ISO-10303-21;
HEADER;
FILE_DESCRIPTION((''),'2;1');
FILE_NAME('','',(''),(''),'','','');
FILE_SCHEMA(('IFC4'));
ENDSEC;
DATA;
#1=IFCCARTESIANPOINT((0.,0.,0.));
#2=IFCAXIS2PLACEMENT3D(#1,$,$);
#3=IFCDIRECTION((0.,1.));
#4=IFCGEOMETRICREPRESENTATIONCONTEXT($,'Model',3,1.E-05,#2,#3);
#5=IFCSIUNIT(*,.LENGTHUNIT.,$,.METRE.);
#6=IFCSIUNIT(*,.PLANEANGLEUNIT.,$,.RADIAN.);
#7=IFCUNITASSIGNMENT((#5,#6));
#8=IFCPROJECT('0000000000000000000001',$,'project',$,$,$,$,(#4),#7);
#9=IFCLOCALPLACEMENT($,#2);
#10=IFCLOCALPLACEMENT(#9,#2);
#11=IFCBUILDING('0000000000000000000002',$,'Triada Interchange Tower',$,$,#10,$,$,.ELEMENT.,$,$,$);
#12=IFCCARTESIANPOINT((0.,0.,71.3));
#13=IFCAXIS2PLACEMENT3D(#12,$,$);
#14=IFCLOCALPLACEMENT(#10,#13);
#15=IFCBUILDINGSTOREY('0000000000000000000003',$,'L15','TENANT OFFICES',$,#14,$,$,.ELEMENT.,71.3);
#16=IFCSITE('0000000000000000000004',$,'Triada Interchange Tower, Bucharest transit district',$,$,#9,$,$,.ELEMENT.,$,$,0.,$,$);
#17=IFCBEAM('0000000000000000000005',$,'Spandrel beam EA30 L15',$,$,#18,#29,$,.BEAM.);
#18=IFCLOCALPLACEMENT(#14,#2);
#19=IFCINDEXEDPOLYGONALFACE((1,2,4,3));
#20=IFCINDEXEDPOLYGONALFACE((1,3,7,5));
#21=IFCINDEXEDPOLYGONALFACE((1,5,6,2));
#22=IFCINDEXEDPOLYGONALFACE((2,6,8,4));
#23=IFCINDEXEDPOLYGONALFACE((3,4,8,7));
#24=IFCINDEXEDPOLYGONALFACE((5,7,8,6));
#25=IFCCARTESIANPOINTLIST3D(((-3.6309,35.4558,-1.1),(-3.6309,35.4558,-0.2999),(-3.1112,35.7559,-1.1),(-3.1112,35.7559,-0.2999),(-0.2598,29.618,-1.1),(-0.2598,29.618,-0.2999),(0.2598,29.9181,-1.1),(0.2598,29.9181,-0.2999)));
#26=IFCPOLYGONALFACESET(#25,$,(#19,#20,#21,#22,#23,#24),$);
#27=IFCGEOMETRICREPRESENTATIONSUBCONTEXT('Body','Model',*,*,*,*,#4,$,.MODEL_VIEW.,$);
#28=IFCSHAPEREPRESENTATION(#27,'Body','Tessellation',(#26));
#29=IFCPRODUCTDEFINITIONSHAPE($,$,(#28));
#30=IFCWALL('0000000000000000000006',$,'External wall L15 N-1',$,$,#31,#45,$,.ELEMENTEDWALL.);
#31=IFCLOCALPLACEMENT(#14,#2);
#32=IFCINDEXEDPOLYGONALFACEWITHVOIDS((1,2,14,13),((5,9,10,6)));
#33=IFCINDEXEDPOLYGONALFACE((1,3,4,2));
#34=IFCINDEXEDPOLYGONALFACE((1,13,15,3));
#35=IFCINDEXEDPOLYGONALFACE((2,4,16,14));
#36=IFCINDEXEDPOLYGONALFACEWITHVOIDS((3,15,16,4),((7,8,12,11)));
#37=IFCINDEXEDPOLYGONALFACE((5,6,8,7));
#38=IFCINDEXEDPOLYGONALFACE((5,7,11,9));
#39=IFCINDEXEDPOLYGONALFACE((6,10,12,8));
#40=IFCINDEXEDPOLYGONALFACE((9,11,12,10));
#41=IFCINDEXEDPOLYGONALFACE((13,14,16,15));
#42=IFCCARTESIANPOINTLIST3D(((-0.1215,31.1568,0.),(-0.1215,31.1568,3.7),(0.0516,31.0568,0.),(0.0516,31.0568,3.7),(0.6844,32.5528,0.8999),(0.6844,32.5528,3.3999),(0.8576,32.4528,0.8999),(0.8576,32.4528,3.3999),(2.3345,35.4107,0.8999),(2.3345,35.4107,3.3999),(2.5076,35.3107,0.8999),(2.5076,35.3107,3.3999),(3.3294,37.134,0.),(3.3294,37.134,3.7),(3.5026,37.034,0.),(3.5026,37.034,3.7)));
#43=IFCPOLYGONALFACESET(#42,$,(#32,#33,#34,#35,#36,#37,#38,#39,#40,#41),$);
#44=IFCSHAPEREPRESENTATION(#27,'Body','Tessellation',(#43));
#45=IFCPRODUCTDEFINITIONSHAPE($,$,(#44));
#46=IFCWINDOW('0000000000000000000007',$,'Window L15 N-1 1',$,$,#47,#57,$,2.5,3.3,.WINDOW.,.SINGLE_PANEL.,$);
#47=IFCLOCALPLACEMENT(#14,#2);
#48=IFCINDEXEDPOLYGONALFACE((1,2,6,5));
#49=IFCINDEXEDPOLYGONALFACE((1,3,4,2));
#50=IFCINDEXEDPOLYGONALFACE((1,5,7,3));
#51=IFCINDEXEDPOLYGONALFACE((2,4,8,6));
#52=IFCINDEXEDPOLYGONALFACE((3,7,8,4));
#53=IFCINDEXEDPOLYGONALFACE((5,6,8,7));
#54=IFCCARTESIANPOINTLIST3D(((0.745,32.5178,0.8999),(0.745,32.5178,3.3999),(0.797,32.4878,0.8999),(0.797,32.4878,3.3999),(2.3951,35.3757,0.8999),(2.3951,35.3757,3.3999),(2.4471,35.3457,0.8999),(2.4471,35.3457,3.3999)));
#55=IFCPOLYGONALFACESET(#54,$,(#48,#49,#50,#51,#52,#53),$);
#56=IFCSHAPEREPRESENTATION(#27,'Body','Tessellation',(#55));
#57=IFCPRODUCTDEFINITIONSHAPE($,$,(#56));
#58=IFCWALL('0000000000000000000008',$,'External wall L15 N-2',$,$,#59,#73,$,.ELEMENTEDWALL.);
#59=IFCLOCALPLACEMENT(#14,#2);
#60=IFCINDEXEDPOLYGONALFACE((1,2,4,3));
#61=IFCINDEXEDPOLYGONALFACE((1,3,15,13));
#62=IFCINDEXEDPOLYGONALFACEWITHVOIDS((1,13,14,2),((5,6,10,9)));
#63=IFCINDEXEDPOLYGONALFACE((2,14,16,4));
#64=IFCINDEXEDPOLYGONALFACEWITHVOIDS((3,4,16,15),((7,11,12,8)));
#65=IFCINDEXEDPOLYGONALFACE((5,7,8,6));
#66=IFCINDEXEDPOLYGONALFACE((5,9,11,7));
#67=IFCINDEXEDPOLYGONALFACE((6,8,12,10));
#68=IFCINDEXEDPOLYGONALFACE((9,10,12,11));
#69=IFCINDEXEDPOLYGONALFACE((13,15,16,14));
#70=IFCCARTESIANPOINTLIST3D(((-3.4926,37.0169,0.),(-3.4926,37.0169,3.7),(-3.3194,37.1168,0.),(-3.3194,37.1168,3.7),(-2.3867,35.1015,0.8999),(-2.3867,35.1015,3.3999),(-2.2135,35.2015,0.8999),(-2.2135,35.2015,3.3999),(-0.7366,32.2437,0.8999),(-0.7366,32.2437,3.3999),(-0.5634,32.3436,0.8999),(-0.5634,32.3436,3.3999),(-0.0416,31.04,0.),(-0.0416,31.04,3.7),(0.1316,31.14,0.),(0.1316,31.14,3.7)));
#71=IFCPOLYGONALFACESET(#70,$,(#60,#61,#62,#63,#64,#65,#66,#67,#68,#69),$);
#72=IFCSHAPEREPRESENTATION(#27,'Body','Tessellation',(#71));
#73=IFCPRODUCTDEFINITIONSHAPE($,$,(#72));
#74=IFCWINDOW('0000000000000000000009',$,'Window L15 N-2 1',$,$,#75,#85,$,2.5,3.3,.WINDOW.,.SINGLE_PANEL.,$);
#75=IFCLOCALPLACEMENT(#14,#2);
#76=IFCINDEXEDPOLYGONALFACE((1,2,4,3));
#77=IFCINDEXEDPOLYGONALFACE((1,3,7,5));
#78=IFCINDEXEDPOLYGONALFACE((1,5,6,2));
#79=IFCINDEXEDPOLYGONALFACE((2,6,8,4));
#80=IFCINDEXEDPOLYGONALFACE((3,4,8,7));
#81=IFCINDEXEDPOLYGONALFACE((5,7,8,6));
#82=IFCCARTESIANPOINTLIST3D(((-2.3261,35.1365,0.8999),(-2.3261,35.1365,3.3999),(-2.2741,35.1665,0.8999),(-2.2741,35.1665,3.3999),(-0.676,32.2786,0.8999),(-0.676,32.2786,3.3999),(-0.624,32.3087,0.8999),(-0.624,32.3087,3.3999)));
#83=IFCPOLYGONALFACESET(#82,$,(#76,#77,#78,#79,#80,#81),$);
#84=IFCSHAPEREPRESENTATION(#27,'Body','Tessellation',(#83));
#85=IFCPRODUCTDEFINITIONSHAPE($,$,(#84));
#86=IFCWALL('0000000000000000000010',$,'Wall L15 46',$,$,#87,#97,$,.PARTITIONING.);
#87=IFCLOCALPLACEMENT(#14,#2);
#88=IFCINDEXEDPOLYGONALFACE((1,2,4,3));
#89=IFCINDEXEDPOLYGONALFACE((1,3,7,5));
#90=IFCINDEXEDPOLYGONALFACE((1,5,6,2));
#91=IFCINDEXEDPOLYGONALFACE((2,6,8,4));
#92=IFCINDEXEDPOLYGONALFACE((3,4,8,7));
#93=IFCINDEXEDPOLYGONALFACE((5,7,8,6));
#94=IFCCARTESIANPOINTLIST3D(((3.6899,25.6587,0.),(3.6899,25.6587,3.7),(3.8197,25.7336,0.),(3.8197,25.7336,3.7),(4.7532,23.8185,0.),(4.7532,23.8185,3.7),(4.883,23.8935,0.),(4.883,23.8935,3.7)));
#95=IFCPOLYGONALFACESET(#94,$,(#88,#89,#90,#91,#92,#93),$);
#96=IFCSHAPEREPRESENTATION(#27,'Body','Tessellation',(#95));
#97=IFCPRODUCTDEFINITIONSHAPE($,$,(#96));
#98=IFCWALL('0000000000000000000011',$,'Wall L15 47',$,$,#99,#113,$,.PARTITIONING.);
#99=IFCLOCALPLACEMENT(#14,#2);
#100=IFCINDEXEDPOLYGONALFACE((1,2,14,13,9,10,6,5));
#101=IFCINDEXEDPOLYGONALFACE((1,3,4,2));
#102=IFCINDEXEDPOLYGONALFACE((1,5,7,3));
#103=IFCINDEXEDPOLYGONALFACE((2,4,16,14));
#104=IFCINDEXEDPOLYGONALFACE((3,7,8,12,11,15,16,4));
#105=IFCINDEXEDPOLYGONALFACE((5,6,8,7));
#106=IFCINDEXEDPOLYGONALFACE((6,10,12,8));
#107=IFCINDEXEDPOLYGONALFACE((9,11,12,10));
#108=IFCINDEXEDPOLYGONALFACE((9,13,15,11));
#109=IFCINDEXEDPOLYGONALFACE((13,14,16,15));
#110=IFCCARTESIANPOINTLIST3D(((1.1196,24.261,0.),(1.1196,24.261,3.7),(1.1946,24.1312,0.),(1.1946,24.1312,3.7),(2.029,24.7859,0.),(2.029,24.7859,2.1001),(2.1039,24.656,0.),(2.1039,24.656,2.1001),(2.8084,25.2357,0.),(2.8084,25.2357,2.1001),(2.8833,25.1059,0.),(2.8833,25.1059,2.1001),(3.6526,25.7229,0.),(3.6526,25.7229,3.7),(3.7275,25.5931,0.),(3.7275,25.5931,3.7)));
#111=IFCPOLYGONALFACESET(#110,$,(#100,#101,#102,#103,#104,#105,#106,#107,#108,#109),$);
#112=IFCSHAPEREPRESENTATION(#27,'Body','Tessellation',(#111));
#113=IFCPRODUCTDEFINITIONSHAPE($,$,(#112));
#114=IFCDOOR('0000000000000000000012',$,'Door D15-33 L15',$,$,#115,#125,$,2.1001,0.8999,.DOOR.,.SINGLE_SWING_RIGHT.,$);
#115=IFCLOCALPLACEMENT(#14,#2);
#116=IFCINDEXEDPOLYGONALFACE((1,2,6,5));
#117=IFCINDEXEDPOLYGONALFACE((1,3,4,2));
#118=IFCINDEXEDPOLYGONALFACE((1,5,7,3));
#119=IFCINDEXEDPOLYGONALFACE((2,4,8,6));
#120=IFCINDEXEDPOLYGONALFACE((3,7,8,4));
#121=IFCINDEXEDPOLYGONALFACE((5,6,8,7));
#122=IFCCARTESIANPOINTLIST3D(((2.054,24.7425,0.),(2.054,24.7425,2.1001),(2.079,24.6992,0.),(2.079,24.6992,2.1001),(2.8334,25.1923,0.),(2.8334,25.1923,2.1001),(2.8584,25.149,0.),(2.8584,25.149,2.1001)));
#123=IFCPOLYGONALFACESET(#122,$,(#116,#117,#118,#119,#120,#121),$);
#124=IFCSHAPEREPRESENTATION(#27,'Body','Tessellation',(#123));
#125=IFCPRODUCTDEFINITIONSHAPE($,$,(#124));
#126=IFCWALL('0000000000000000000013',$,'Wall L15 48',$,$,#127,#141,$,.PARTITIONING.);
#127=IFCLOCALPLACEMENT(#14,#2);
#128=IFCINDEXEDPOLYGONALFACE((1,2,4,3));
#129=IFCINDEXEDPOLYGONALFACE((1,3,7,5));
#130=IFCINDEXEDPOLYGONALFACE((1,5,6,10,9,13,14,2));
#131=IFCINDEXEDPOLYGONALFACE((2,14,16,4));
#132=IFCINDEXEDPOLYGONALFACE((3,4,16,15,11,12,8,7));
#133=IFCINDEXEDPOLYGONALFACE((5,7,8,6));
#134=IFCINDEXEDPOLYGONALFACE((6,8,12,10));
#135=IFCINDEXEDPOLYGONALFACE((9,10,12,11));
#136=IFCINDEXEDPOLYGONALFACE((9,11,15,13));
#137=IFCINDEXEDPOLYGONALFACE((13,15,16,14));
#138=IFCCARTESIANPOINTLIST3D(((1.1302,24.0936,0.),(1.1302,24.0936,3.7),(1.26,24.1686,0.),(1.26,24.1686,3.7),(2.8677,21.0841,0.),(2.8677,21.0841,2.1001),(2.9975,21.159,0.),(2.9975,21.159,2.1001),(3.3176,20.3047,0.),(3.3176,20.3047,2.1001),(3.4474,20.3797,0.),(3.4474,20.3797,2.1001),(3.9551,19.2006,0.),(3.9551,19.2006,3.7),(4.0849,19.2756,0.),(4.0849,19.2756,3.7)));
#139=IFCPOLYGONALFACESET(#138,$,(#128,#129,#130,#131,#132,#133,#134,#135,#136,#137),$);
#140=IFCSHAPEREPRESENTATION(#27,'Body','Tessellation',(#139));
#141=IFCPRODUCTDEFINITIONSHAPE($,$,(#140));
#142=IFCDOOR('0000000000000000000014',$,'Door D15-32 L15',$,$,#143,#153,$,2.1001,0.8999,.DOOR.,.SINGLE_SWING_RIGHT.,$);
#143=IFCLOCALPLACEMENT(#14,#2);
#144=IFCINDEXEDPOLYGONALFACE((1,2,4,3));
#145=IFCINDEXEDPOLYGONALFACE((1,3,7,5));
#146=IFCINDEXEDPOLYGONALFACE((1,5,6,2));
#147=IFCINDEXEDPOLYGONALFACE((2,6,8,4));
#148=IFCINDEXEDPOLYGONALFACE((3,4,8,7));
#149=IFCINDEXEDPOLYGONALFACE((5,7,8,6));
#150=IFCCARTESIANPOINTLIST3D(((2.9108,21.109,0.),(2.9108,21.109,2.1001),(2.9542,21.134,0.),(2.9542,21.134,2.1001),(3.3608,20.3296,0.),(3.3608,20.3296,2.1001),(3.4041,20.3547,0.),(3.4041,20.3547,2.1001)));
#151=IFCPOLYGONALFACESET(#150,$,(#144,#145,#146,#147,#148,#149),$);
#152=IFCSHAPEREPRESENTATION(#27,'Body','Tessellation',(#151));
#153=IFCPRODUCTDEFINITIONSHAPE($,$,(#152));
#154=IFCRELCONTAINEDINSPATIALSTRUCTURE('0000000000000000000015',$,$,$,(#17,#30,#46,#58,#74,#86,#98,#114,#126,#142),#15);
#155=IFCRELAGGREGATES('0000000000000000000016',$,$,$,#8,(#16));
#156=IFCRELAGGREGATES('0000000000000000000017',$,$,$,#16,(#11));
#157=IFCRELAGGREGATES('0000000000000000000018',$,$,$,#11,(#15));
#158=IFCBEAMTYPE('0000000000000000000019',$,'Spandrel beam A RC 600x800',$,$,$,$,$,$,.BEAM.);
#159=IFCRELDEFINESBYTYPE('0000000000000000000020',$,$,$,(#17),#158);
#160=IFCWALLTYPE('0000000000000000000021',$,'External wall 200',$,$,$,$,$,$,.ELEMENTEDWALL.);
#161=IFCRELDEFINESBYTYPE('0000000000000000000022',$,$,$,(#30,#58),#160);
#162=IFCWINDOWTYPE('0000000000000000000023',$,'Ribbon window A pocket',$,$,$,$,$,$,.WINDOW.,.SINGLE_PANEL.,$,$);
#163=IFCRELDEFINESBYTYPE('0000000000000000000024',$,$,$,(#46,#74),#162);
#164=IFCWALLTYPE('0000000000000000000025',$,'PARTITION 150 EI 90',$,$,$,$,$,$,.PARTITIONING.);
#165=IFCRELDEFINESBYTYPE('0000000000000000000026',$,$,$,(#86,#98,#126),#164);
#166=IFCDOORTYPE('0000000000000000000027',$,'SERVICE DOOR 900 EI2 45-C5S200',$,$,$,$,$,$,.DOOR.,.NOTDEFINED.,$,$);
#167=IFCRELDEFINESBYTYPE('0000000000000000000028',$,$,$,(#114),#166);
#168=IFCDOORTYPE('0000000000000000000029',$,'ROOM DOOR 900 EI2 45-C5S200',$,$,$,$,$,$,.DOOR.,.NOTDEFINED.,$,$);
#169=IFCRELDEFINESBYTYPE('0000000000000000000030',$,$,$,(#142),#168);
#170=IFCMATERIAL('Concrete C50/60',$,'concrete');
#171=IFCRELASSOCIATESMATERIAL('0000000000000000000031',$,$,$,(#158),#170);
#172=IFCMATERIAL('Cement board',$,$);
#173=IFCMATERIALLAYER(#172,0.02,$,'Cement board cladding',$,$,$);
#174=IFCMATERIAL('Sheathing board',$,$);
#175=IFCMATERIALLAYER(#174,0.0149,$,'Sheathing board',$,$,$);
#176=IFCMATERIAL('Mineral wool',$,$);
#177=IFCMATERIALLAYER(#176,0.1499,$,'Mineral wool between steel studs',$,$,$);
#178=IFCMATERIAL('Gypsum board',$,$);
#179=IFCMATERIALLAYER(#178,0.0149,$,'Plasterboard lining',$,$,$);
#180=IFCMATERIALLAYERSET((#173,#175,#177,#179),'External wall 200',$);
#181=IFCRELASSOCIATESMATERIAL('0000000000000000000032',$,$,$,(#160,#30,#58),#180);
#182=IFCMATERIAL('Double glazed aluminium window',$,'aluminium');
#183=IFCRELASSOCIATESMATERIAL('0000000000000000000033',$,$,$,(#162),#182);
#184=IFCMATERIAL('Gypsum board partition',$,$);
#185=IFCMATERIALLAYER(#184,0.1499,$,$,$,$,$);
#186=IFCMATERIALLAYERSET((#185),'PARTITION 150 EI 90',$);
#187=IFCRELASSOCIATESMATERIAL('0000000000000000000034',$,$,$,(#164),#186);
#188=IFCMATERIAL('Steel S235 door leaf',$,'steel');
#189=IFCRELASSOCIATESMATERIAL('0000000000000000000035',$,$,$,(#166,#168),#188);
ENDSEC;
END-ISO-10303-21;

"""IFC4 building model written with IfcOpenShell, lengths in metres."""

from ifc_helpers import new_model, si_unit, direction, frame, frame_2d, origin, origin_2d, place, context, subcontext, project, spatial, rectangle, extrude, material, layer, layer_set, layer_usage, material_profile, profile_set, type_object, element, fill, save


model = new_model("IFC4")

# Units and contexts
model_context = context("Model", 3, precision=1e-05, world=origin(), true_north=direction((0.0, 1.0)))
body_context = subcontext(model_context, "Body", "Model", "MODEL_VIEW")
ifc_project = project(units=[si_unit("LENGTHUNIT", "METRE"), si_unit("PLANEANGLEUNIT", "RADIAN")], contexts=[model_context])

# Site, building, storey
site_placement = place(None, origin())
site = spatial("IfcSite", under=ifc_project, at=site_placement, Name="Triada Interchange Tower, Bucharest transit district", CompositionType="ELEMENT", RefElevation=0.0)
building_placement = place(site_placement, origin())
building = spatial("IfcBuilding", under=site, at=building_placement, Name="Triada Interchange Tower", CompositionType="ELEMENT")
storey_placement = place(building_placement, frame((0.0, 0.0, 71.3)))
storey = spatial("IfcBuildingStorey", under=building, at=storey_placement, Name="L15", Description="TENANT OFFICES", CompositionType="ELEMENT", Elevation=71.3)

# Beam
ifc_material_1 = material(Name="Concrete C50/60", Category="concrete")
ifc_material_profile_1 = material_profile(ifc_material_1, rectangle(XDim=0.6001, YDim=0.8, at=origin_2d()), Name="RC 600x800")
ifc_profile_set_1 = profile_set([ifc_material_profile_1], Name="Concrete C50/60")
beam_type_1 = type_object("IfcBeamType", Name="Spandrel beam A RC 600x800", PredefinedType="BEAM", material=ifc_profile_set_1)
for number, where, z_axis, x_axis, name in (
    (1, (0.0, 29.7681, -0.7), (-0.500065, 0.865988, 0.0), (-0.865988, -0.500065, 0.0), "Spandrel beam EA30 L15"),
):
    element("IfcBeam", number, at=place(storey_placement, frame(where, z_axis=z_axis, x_axis=x_axis)), inside=storey, type_object=beam_type_1, Name=name, PredefinedType="BEAM", context=body_context, shape_type="SweptSolid", body=[
        extrude(rectangle(XDim=0.6001, YDim=0.8, at=origin_2d()), origin(), (0.0, 0.0, 1.0), 6.7412),
    ])

# Walls, openings, windows
ifc_material_2 = material(Name="Cement board")
ifc_layer_1 = layer(ifc_material_2, 0.02, Name="Cement board cladding")
ifc_material_3 = material(Name="Sheathing board")
ifc_layer_2 = layer(ifc_material_3, 0.0149, Name="Sheathing board")
ifc_material_4 = material(Name="Mineral wool")
ifc_layer_3 = layer(ifc_material_4, 0.1499, Name="Mineral wool between steel studs")
ifc_material_5 = material(Name="Gypsum board")
ifc_layer_4 = layer(ifc_material_5, 0.0149, Name="Plasterboard lining")
ifc_layer_set_1 = layer_set([ifc_layer_1, ifc_layer_2, ifc_layer_3, ifc_layer_4], Name="External wall 200")
ifc_layer_usage = layer_usage(ifc_layer_set_1, "AXIS2", "POSITIVE", -0.1001)
wall_type_1 = type_object("IfcWallType", Name="External wall 200", PredefinedType="ELEMENTEDWALL", material=ifc_layer_set_1)
wall_1_placement = place(storey_placement, frame((3.416, 37.084, 0.0), z_axis=(0.0, 0.0, 1.0), x_axis=(-0.500008, -0.866021, 0.0)))
wall_1 = element("IfcWall", 2, at=wall_1_placement, inside=storey, type_object=wall_type_1, material=ifc_layer_usage, Name="External wall L15 N-1", PredefinedType="ELEMENTEDWALL", context=body_context, shape_type="SweptSolid", body=[
    extrude(rectangle(XDim=6.9019, YDim=0.2, at=frame_2d((3.4509, 0.0))), origin(), (0.0, 0.0, 1.0), 3.7),
])
opening_1_placement = place(wall_1_placement, frame((1.99, 0.0, 0.8999)))
opening_1 = element("IfcOpeningElement", 3, at=opening_1_placement, cuts=wall_1, PredefinedType="OPENING", context=body_context, shape_type="SweptSolid", body=[
    extrude(rectangle(XDim=3.3, YDim=2.5, at=frame_2d((1.6499, 1.25))), frame((0.0, 0.1099, 0.0), z_axis=(0.0, -1.0, 0.0), x_axis=(1.0, 0.0, 0.0)), (0.0, 0.0, 1.0), 0.22),
])
ifc_material_6 = material(Name="Double glazed aluminium window", Category="aluminium")
window_type = type_object("IfcWindowType", Name="Ribbon window A pocket", PartitioningType="SINGLE_PANEL", PredefinedType="WINDOW", material=ifc_material_6)
window_1_placement = place(opening_1_placement, origin())
window_1 = element("IfcWindow", 4, at=window_1_placement, inside=storey, type_object=window_type, Name="Window L15 N-1 1", OverallHeight=2.5, OverallWidth=3.3, PartitioningType="SINGLE_PANEL", PredefinedType="WINDOW", context=body_context, shape_type="SweptSolid", body=[
    extrude(rectangle(XDim=3.3, YDim=2.5, at=frame_2d((1.6499, 1.25))), frame((0.0, 0.03, 0.0), z_axis=(0.0, -1.0, 0.0), x_axis=(1.0, 0.0, 0.0)), (0.0, 0.0, 1.0), 0.0601),
])
fill(opening_1, window_1)
wall_2_placement = place(storey_placement, frame((0.0449, 31.0901, 0.0), z_axis=(0.0, 0.0, 1.0), x_axis=(-0.500024, 0.866012, 0.0)))
wall_2 = element("IfcWall", 5, at=wall_2_placement, inside=storey, type_object=wall_type_1, material=ifc_layer_usage, Name="External wall L15 N-2", PredefinedType="ELEMENTEDWALL", context=body_context, shape_type="SweptSolid", body=[
    extrude(rectangle(XDim=6.9016, YDim=0.2, at=frame_2d((3.4507, 0.0))), origin(), (0.0, 0.0, 1.0), 3.7),
])
opening_2_placement = place(wall_2_placement, frame((1.3899, 0.0, 0.8999)))
opening_2 = element("IfcOpeningElement", 6, at=opening_2_placement, cuts=wall_2, PredefinedType="OPENING", context=body_context, shape_type="SweptSolid", body=[
    extrude(rectangle(XDim=3.3, YDim=2.5, at=frame_2d((1.6499, 1.25))), frame((0.0, 0.1099, 0.0), z_axis=(0.0, -1.0, 0.0), x_axis=(1.0, 0.0, 0.0)), (0.0, 0.0, 1.0), 0.22),
])
window_2_placement = place(opening_2_placement, origin())
window_2 = element("IfcWindow", 7, at=window_2_placement, inside=storey, type_object=window_type, Name="Window L15 N-2 1", OverallHeight=2.5, OverallWidth=3.3, PartitioningType="SINGLE_PANEL", PredefinedType="WINDOW", context=body_context, shape_type="SweptSolid", body=[
    extrude(rectangle(XDim=3.3, YDim=2.5, at=frame_2d((1.6499, 1.25))), frame((0.0, 0.03, 0.0), z_axis=(0.0, -1.0, 0.0), x_axis=(1.0, 0.0, 0.0)), (0.0, 0.0, 1.0), 0.0601),
])
fill(opening_2, window_2)

# Wall
ifc_material_7 = material(Name="Gypsum board partition")
ifc_layer_5 = layer(ifc_material_7, 0.1499)
ifc_layer_set_2 = layer_set([ifc_layer_5], Name="PARTITION 150 EI 90")
wall_type_2 = type_object("IfcWallType", Name="PARTITION 150 EI 90", PredefinedType="PARTITIONING", material=ifc_layer_set_2)
wall_3_placement = place(storey_placement, frame((3.7549, 25.696, 0.0), z_axis=(0.0, 0.0, 1.0), x_axis=(0.500302, -0.865851, 0.0)))
element("IfcWall", 8, at=wall_3_placement, inside=storey, type_object=wall_type_2, Name="Wall L15 46", PredefinedType="PARTITIONING", context=body_context, shape_type="SweptSolid", body=[
    extrude(rectangle(XDim=2.1252, YDim=0.1499, at=frame_2d((1.0625, 0.0))), origin(), (0.0, 0.0, 1.0), 3.7),
])

# Walls, openings, doors
wall_4_placement = place(storey_placement, frame((1.157, 24.196, 0.0), z_axis=(0.0, 0.0, 1.0), x_axis=(0.866098, 0.499874, 0.0)))
wall_4 = element("IfcWall", 9, at=wall_4_placement, inside=storey, type_object=wall_type_2, Name="Wall L15 47", PredefinedType="PARTITIONING", context=body_context, shape_type="SweptSolid", body=[
    extrude(rectangle(XDim=2.9246, YDim=0.1499, at=frame_2d((1.4624, 0.0))), origin(), (0.0, 0.0, 1.0), 3.7),
])
opening_3_placement = place(wall_4_placement, frame((1.05, 0.0, 0.0)))
opening_3 = element("IfcOpeningElement", 10, at=opening_3_placement, cuts=wall_4, PredefinedType="OPENING", context=body_context, shape_type="SweptSolid", body=[
    extrude(rectangle(XDim=0.8999, YDim=2.1001, at=frame_2d((0.45, 1.05))), frame((0.0, 0.085, 0.0), z_axis=(0.0, -1.0, 0.0), x_axis=(1.0, 0.0, 0.0)), (0.0, 0.0, 1.0), 0.1699),
])
ifc_material_8 = material(Name="Steel S235 door leaf", Category="steel")
door_type_1 = type_object("IfcDoorType", Name="SERVICE DOOR 900 EI2 45-C5S200", OperationType="NOTDEFINED", PredefinedType="DOOR", material=ifc_material_8)
door_1_placement = place(opening_3_placement, origin())
door_1 = element("IfcDoor", 11, at=door_1_placement, inside=storey, type_object=door_type_1, Name="Door D15-33 L15", OperationType="SINGLE_SWING_RIGHT", OverallHeight=2.1001, OverallWidth=0.8999, PredefinedType="DOOR", context=body_context, shape_type="SweptSolid", body=[
    extrude(rectangle(XDim=0.8999, YDim=2.1001, at=frame_2d((0.45, 1.05))), frame((0.0, 0.0249, 0.0), z_axis=(0.0, -1.0, 0.0), x_axis=(1.0, 0.0, 0.0)), (0.0, 0.0, 1.0), 0.05),
])
fill(opening_3, door_1)
wall_5_placement = place(storey_placement, frame((1.1951, 24.1311, 0.0), z_axis=(0.0, 0.0, 1.0), x_axis=(0.499992, -0.86603, 0.0)))
wall_5 = element("IfcWall", 12, at=wall_5_placement, inside=storey, type_object=wall_type_2, Name="Wall L15 48", PredefinedType="PARTITIONING", context=body_context, shape_type="SweptSolid", body=[
    extrude(rectangle(XDim=5.6499, YDim=0.1499, at=frame_2d((2.825, 0.0))), origin(), (0.0, 0.0, 1.0), 3.7),
])
opening_4_placement = place(wall_5_placement, frame((3.4751, 0.0, 0.0)))
opening_4 = element("IfcOpeningElement", 13, at=opening_4_placement, cuts=wall_5, PredefinedType="OPENING", context=body_context, shape_type="SweptSolid", body=[
    extrude(rectangle(XDim=0.8999, YDim=2.1001, at=frame_2d((0.45, 1.05))), frame((0.0, 0.085, 0.0), z_axis=(0.0, -1.0, 0.0), x_axis=(1.0, 0.0, 0.0)), (0.0, 0.0, 1.0), 0.1699),
])
door_type_2 = type_object("IfcDoorType", Name="ROOM DOOR 900 EI2 45-C5S200", OperationType="NOTDEFINED", PredefinedType="DOOR", material=ifc_material_8)
door_2_placement = place(opening_4_placement, origin())
door_2 = element("IfcDoor", 14, at=door_2_placement, inside=storey, type_object=door_type_2, Name="Door D15-32 L15", OperationType="SINGLE_SWING_RIGHT", OverallHeight=2.1001, OverallWidth=0.8999, PredefinedType="DOOR", context=body_context, shape_type="SweptSolid", body=[
    extrude(rectangle(XDim=0.8999, YDim=2.1001, at=frame_2d((0.45, 1.05))), frame((0.0, 0.0249, 0.0), z_axis=(0.0, -1.0, 0.0), x_axis=(1.0, 0.0, 0.0)), (0.0, 0.0, 1.0), 0.05),
])
fill(opening_4, door_2)

save(model, "model.ifc")
